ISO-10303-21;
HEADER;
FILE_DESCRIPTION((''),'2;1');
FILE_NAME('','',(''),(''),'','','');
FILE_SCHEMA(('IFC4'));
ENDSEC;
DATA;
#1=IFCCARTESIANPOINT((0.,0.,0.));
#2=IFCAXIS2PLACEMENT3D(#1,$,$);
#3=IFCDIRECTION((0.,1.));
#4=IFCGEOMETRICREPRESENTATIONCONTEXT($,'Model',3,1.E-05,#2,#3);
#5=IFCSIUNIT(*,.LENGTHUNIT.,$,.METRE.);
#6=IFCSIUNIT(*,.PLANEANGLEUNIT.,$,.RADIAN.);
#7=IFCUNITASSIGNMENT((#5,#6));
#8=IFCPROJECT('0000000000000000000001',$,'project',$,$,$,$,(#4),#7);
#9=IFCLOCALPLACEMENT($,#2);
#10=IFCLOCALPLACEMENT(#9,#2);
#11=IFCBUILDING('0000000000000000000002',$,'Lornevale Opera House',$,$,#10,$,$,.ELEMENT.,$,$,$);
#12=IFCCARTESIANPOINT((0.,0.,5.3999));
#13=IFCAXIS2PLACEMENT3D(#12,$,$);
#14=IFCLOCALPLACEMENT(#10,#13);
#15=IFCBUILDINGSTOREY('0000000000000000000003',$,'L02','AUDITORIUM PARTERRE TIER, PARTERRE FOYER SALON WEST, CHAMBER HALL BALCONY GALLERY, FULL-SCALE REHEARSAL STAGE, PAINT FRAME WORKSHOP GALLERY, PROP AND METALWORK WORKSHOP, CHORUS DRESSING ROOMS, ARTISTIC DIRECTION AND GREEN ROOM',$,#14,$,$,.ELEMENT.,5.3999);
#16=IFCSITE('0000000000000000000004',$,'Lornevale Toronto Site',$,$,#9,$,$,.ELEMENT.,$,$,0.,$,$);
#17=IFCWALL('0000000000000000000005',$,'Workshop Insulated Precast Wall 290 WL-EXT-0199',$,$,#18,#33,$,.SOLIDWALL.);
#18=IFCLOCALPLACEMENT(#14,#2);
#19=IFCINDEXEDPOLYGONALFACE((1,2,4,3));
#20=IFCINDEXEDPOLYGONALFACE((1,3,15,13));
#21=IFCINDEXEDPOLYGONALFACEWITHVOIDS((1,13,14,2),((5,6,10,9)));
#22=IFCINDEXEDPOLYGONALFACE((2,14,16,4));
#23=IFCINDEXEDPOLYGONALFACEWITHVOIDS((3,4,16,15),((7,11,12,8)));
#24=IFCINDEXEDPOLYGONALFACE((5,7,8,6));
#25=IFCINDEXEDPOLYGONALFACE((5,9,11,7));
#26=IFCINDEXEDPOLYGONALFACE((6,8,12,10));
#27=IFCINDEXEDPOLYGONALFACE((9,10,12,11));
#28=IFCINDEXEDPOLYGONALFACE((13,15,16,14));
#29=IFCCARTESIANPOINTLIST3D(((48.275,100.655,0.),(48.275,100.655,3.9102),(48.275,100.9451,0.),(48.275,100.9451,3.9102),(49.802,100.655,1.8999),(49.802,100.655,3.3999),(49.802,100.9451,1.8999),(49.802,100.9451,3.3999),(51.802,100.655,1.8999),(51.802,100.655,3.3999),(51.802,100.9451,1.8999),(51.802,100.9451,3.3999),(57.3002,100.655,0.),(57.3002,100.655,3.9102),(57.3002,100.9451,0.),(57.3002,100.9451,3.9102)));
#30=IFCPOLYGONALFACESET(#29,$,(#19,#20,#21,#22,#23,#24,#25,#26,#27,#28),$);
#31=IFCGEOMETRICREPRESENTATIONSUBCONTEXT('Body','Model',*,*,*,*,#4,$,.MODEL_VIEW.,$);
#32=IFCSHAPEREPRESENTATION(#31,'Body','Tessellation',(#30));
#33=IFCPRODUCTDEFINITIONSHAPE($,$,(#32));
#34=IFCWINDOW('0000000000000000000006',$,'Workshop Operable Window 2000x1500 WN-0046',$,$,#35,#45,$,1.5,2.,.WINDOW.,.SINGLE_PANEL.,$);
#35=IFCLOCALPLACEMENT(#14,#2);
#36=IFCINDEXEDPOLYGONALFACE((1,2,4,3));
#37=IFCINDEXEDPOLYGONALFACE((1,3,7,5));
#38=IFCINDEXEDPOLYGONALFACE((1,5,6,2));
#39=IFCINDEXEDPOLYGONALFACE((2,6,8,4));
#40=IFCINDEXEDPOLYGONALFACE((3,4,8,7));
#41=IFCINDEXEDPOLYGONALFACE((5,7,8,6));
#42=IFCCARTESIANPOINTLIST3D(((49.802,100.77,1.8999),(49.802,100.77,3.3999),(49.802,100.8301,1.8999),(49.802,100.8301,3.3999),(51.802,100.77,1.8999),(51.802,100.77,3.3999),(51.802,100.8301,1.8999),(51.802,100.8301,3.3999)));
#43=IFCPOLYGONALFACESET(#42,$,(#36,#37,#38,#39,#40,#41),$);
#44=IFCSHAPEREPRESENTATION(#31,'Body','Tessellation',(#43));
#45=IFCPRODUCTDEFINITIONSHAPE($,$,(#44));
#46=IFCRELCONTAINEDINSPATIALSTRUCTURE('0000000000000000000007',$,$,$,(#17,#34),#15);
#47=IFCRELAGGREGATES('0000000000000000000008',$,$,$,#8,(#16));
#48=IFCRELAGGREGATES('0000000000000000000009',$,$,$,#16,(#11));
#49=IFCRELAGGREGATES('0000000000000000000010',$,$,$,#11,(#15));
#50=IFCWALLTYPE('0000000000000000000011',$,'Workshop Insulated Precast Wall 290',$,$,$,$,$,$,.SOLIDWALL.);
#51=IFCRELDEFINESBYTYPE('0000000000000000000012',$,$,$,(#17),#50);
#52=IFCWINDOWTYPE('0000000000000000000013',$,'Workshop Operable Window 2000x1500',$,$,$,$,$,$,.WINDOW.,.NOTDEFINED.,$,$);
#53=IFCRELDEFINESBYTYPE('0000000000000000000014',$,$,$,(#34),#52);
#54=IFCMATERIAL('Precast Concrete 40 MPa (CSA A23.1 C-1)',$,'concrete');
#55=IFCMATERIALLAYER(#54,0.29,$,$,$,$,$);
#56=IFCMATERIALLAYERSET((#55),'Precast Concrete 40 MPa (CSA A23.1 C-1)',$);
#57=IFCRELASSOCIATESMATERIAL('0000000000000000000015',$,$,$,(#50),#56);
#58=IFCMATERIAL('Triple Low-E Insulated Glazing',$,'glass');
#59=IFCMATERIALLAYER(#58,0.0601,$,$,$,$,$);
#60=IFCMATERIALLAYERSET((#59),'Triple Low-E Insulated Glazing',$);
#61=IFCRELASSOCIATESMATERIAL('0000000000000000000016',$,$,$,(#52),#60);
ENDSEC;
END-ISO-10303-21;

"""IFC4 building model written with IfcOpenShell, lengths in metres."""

from ifc_helpers import new_model, si_unit, direction, frame, frame_2d, origin, place, context, subcontext, project, spatial, rectangle, extrude, material, layer, layer_set, type_object, element, fill, save


model = new_model("IFC4")

# Units and contexts
model_context = context("Model", 3, precision=1e-05, world=origin(), true_north=direction((0.0, 1.0)))
body_context = subcontext(model_context, "Body", "Model", "MODEL_VIEW")
ifc_project = project(units=[si_unit("LENGTHUNIT", "METRE"), si_unit("PLANEANGLEUNIT", "RADIAN")], contexts=[model_context])

# Site, building, storey
site_placement = place(None, origin())
site = spatial("IfcSite", under=ifc_project, at=site_placement, Name="Lornevale Toronto Site", CompositionType="ELEMENT", RefElevation=0.0)
building_placement = place(site_placement, origin())
building = spatial("IfcBuilding", under=site, at=building_placement, Name="Lornevale Opera House", CompositionType="ELEMENT")
storey_placement = place(building_placement, frame((0.0, 0.0, 5.3999)))
storey = spatial("IfcBuildingStorey", under=building, at=storey_placement, Name="L02", Description="AUDITORIUM PARTERRE TIER, PARTERRE FOYER SALON WEST, CHAMBER HALL BALCONY GALLERY, FULL-SCALE REHEARSAL STAGE, PAINT FRAME WORKSHOP GALLERY, PROP AND METALWORK WORKSHOP, CHORUS DRESSING ROOMS, ARTISTIC DIRECTION AND GREEN ROOM", CompositionType="ELEMENT", Elevation=5.3999)

# Shared definitions
ifc_material_1 = material(Name="Triple Low-E Insulated Glazing", Category="glass")

# Shared definitions
ifc_material_2 = material(Name="Precast Concrete 40 MPa (CSA A23.1 C-1)", Category="concrete")
ifc_layer_1 = layer(ifc_material_2, 0.29)
ifc_layer_set_1 = layer_set([ifc_layer_1], Name="Precast Concrete 40 MPa (CSA A23.1 C-1)")
wall_type_1 = type_object("IfcWallType", Name="Workshop Insulated Precast Wall 290", PredefinedType="SOLIDWALL", material=ifc_layer_set_1)

# Wall, opening, window
wall_1_placement = place(storey_placement, frame((48.2749, 100.8, 0.0), z_axis=(0.0, 0.0, 1.0), x_axis=(1.0, 0.0, 0.0)))
wall_1 = element("IfcWall", 1, at=wall_1_placement, inside=storey, type_object=wall_type_1, Name="Workshop Insulated Precast Wall 290 WL-EXT-0199", PredefinedType="SOLIDWALL", context=body_context, shape_type="SweptSolid", body=[
    extrude(rectangle(XDim=9.0251, YDim=0.29, at=frame_2d((4.5127, 0.0))), origin(), (0.0, 0.0, 1.0), 3.9102),
])
opening_1_placement = place(wall_1_placement, frame((1.5271, 0.0, 1.8999)))
opening_1 = element("IfcOpeningElement", 2, at=opening_1_placement, cuts=wall_1, PredefinedType="OPENING", context=body_context, shape_type="SweptSolid", body=[
    extrude(rectangle(XDim=2.0, YDim=1.5, at=frame_2d((1.0, 0.75))), frame((0.0, 0.155, 0.0), z_axis=(0.0, -1.0, 0.0), x_axis=(1.0, 0.0, 0.0)), (0.0, 0.0, 1.0), 0.3101),
])
ifc_layer_2 = layer(ifc_material_1, 0.0601)
ifc_layer_set_2 = layer_set([ifc_layer_2], Name="Triple Low-E Insulated Glazing")
window_type_1 = type_object("IfcWindowType", Name="Workshop Operable Window 2000x1500", PartitioningType="NOTDEFINED", PredefinedType="WINDOW", material=ifc_layer_set_2)
window_1_placement = place(opening_1_placement, origin())
window_1 = element("IfcWindow", 3, at=window_1_placement, inside=storey, type_object=window_type_1, Name="Workshop Operable Window 2000x1500 WN-0046", OverallHeight=1.5, OverallWidth=2.0, PartitioningType="SINGLE_PANEL", PredefinedType="WINDOW", context=body_context, shape_type="SweptSolid", body=[
    extrude(rectangle(XDim=2.0, YDim=1.5, at=frame_2d((1.0, 0.75))), frame((0.0, 0.03, 0.0), z_axis=(0.0, -1.0, 0.0), x_axis=(1.0, 0.0, 0.0)), (0.0, 0.0, 1.0), 0.0601),
])
fill(opening_1, window_1)

save(model, "model.ifc")
